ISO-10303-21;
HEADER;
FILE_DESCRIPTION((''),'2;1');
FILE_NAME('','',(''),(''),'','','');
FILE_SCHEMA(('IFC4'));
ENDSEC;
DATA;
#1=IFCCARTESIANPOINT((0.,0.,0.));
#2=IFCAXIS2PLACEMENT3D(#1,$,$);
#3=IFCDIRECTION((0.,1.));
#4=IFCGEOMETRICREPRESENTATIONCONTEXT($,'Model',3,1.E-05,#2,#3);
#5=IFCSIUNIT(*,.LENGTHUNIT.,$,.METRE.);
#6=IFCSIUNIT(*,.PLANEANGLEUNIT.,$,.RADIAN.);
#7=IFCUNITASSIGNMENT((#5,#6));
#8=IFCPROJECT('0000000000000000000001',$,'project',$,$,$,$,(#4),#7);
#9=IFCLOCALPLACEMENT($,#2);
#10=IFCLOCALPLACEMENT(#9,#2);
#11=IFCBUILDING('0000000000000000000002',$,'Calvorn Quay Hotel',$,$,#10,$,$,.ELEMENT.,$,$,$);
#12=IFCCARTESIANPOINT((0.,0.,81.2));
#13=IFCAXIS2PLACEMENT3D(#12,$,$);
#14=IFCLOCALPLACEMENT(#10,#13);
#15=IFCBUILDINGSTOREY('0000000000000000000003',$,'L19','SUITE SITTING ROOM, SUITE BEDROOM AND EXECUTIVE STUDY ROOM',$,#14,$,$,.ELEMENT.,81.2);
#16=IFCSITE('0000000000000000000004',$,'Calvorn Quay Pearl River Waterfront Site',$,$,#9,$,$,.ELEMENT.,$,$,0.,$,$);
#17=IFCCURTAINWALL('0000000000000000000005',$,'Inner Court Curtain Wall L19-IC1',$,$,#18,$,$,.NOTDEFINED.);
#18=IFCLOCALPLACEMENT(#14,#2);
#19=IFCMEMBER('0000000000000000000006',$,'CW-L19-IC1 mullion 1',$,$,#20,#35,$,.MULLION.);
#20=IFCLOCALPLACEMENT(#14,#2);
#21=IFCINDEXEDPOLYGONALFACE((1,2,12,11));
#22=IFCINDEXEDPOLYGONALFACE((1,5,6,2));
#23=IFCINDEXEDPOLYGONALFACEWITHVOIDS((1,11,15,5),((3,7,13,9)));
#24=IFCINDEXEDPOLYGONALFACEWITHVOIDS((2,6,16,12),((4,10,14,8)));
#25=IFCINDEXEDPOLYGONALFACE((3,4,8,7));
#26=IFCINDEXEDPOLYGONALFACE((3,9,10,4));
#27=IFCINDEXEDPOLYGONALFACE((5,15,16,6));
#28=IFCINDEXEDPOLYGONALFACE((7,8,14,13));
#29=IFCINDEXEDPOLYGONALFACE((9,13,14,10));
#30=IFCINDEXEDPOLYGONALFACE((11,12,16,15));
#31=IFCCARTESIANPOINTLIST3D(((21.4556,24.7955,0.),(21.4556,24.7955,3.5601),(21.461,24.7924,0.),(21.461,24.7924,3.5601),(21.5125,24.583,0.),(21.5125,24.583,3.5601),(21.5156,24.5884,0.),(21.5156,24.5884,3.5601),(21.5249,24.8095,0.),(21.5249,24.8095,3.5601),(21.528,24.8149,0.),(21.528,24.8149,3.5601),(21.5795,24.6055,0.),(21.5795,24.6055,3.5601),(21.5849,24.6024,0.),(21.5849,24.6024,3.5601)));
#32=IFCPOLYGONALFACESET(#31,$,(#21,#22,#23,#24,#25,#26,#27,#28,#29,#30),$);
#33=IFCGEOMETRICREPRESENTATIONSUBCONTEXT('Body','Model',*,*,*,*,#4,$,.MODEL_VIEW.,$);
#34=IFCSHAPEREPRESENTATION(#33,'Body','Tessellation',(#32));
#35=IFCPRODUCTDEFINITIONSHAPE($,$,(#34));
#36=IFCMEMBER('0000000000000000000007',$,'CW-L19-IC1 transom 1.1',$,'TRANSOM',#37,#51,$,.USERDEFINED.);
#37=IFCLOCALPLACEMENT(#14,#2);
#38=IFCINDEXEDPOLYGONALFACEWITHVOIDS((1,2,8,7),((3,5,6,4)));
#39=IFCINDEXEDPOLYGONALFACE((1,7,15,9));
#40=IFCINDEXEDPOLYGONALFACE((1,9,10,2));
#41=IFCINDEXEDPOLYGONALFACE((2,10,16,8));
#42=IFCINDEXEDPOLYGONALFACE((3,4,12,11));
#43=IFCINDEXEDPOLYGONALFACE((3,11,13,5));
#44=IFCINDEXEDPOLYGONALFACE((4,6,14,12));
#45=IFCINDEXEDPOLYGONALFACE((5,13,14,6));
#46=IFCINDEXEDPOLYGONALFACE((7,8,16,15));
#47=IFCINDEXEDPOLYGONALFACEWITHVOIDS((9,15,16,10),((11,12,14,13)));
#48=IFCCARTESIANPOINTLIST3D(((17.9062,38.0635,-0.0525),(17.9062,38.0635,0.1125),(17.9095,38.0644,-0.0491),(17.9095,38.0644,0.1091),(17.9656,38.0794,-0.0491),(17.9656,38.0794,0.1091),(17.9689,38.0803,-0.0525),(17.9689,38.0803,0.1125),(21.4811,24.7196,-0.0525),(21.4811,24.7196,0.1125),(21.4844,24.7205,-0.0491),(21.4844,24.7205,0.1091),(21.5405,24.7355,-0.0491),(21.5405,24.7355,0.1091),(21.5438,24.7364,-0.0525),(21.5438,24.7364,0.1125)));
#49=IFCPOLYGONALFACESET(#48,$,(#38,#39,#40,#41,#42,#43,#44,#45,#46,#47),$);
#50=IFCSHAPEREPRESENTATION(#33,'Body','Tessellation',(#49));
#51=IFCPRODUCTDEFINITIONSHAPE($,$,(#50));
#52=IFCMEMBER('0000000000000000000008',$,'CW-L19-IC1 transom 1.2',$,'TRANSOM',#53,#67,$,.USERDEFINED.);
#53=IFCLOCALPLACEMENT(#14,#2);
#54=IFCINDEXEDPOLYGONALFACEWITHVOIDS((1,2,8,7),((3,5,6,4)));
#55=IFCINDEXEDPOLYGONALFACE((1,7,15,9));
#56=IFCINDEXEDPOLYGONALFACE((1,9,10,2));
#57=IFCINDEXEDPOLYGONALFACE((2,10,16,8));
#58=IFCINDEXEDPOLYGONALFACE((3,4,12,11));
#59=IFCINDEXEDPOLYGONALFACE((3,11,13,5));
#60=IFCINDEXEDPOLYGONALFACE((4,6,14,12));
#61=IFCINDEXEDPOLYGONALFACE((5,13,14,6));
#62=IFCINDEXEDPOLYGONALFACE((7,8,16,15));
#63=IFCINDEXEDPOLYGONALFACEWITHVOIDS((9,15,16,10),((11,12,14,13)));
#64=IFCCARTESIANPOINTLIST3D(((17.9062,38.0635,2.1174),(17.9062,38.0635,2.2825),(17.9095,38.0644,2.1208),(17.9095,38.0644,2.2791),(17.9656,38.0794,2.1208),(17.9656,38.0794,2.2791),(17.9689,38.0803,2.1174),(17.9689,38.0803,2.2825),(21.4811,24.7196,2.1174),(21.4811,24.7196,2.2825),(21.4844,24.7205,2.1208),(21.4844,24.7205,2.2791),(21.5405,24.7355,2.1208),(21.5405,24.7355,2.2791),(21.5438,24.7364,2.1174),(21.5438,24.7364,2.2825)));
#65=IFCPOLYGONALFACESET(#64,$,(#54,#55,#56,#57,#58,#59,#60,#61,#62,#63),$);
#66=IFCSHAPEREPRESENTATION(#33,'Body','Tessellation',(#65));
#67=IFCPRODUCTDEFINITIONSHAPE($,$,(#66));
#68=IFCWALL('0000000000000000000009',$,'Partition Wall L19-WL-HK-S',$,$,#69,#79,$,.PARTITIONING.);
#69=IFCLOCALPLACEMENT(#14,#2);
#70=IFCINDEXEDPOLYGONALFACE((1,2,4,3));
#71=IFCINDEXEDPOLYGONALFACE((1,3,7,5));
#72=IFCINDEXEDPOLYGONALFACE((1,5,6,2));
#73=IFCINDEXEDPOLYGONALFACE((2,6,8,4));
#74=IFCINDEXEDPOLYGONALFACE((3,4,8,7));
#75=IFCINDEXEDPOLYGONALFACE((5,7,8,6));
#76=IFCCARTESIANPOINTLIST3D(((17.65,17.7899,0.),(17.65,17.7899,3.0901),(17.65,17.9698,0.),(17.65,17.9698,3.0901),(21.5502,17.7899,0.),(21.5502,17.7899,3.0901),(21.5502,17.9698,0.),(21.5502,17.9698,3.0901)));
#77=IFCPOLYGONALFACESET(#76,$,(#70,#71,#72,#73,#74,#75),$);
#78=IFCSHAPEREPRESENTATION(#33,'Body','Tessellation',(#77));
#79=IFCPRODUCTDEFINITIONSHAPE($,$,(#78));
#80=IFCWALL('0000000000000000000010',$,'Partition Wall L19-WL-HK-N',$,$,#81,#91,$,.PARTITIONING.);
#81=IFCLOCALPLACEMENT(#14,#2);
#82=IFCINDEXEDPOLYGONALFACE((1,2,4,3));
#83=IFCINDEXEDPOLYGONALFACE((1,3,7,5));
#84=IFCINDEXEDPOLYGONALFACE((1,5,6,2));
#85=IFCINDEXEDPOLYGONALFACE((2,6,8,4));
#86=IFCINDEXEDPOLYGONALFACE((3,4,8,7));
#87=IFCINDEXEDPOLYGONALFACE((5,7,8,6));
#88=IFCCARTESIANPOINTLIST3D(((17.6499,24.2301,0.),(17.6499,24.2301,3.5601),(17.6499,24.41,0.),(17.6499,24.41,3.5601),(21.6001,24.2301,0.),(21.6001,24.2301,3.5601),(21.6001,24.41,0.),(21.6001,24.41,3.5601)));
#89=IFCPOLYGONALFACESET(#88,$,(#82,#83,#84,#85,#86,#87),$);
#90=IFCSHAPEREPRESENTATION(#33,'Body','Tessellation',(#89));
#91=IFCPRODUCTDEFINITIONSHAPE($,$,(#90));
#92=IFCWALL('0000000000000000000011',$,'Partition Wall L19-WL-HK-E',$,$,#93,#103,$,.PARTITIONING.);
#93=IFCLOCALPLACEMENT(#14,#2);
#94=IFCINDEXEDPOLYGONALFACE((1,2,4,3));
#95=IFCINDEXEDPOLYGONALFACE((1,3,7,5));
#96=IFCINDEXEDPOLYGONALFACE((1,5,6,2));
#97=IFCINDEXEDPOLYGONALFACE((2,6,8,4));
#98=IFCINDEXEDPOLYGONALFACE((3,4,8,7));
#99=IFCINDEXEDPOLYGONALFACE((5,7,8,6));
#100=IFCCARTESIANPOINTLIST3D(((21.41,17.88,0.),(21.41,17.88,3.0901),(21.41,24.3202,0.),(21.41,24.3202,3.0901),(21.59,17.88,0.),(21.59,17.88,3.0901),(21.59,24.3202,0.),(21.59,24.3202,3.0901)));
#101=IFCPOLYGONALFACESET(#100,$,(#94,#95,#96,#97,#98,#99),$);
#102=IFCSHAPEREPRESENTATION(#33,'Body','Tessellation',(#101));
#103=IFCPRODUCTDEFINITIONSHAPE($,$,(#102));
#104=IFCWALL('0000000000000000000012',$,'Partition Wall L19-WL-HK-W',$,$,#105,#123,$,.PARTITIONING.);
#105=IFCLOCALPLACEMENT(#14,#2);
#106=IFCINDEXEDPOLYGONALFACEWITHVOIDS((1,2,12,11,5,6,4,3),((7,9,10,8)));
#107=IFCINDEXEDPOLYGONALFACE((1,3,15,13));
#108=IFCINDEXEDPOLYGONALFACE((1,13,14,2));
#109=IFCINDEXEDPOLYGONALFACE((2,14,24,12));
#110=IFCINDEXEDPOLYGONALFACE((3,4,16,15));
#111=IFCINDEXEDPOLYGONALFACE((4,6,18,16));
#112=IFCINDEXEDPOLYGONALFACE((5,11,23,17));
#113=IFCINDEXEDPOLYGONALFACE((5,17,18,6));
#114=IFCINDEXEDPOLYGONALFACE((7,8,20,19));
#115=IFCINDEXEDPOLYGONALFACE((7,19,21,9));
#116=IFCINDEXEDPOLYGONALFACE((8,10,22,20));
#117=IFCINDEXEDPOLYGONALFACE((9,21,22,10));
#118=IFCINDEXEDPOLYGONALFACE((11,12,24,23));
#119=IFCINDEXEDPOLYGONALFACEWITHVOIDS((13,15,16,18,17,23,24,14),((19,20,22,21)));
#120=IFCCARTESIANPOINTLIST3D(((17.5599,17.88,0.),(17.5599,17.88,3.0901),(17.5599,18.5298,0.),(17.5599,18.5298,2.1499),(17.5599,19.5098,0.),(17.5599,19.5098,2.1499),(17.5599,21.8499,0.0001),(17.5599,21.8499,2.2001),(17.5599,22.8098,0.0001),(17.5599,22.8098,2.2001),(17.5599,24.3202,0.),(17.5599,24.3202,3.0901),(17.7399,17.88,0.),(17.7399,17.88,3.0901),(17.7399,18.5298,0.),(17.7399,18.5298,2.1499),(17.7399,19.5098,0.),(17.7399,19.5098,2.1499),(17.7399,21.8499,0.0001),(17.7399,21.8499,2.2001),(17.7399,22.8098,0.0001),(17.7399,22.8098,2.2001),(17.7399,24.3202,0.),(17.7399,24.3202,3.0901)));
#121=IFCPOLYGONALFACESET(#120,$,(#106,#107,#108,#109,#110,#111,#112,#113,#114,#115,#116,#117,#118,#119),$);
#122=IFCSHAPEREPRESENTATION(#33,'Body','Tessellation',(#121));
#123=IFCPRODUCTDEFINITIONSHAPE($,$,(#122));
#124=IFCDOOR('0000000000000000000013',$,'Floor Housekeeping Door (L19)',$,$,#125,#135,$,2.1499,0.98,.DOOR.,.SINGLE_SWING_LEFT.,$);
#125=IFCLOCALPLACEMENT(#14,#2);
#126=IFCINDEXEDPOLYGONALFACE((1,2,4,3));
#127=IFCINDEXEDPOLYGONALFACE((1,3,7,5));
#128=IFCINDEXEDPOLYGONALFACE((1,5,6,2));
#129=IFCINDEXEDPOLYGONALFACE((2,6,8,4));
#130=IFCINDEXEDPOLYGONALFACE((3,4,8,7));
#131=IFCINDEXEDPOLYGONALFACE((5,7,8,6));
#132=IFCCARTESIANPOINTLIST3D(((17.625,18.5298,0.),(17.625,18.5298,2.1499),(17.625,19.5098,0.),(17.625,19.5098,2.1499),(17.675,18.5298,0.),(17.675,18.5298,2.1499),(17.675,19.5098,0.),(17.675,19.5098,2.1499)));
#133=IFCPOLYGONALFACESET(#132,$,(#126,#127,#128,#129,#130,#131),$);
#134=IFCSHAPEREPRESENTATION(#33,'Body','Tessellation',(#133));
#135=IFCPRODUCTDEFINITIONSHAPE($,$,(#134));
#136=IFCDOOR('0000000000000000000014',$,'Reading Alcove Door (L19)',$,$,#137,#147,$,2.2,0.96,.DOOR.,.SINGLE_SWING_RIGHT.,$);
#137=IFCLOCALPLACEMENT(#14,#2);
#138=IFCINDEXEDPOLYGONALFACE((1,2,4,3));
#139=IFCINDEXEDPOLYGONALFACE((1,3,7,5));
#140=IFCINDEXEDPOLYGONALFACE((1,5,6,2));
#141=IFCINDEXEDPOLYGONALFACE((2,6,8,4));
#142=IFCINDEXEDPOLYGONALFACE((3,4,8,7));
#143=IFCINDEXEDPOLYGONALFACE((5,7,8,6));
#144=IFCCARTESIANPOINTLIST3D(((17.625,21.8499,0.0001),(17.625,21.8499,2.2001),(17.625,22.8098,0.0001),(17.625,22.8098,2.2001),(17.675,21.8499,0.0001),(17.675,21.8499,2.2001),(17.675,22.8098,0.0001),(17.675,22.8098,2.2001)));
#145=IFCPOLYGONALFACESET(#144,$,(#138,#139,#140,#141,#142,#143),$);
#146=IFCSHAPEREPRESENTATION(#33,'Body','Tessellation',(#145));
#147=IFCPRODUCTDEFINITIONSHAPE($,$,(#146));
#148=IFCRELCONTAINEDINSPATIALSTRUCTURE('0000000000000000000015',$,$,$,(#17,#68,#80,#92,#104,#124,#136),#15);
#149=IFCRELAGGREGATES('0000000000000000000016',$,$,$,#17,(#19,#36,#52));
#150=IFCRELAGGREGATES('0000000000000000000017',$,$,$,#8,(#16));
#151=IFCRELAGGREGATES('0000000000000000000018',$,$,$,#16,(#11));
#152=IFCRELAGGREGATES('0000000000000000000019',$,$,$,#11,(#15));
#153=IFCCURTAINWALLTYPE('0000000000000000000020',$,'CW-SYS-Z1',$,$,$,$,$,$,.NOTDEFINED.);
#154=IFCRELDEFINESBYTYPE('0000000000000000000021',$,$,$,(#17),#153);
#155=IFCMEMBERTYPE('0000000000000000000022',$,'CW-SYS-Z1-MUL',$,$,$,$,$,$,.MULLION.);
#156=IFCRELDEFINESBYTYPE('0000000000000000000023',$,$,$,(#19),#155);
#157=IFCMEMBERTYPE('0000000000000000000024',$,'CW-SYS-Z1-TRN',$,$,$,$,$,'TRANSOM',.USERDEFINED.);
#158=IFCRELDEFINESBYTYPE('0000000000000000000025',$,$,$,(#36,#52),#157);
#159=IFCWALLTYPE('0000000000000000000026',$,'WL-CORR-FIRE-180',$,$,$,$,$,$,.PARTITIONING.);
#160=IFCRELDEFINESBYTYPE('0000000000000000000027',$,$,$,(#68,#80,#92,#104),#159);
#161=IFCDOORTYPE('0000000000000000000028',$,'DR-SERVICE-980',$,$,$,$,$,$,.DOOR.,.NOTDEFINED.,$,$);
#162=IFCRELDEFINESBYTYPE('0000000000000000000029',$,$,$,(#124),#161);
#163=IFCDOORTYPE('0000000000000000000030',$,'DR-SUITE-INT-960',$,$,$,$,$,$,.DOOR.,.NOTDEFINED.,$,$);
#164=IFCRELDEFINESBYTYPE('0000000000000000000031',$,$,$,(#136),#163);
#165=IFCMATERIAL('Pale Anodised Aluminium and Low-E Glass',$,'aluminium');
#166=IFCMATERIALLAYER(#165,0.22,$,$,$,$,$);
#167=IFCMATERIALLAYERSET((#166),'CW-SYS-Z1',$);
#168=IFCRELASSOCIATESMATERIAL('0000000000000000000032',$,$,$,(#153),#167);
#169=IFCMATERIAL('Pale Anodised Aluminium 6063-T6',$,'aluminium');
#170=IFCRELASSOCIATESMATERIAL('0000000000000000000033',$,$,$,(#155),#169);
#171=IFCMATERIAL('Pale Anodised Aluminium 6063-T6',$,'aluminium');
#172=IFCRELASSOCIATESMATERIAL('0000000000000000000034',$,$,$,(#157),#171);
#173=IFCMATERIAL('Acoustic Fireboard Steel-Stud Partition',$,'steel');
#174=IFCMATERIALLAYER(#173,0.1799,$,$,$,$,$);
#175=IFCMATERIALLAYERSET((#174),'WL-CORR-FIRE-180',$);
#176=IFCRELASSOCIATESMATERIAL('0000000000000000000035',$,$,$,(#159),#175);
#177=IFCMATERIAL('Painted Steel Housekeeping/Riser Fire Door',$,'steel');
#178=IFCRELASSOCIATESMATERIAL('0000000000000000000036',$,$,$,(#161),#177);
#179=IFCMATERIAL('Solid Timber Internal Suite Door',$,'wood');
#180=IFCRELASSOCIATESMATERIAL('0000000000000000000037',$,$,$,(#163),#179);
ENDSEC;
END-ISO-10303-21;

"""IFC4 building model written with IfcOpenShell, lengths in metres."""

from ifc_helpers import new_model, si_unit, direction, frame, frame_2d, origin, origin_2d, place, context, subcontext, project, spatial, rectangle, hollow_rectangle, extrude, material, layer, layer_set, material_profile, profile_set, type_object, element, fill, aggregate, save


model = new_model("IFC4")

# Units and contexts
model_context = context("Model", 3, precision=1e-05, world=origin(), true_north=direction((0.0, 1.0)))
body_context = subcontext(model_context, "Body", "Model", "MODEL_VIEW")
ifc_project = project(units=[si_unit("LENGTHUNIT", "METRE"), si_unit("PLANEANGLEUNIT", "RADIAN")], contexts=[model_context])

# Site, building, storey
site_placement = place(None, origin())
site = spatial("IfcSite", under=ifc_project, at=site_placement, Name="Calvorn Quay Pearl River Waterfront Site", CompositionType="ELEMENT", RefElevation=0.0)
building_placement = place(site_placement, origin())
building = spatial("IfcBuilding", under=site, at=building_placement, Name="Calvorn Quay Hotel", CompositionType="ELEMENT")
storey_placement = place(building_placement, frame((0.0, 0.0, 81.2)))
storey = spatial("IfcBuildingStorey", under=building, at=storey_placement, Name="L19", Description="SUITE SITTING ROOM, SUITE BEDROOM AND EXECUTIVE STUDY ROOM", CompositionType="ELEMENT", Elevation=81.2)

# Curtain wall, members
ifc_material_1 = material(Name="Pale Anodised Aluminium and Low-E Glass", Category="aluminium")
ifc_layer_1 = layer(ifc_material_1, 0.22)
ifc_layer_set_1 = layer_set([ifc_layer_1], Name="CW-SYS-Z1")
curtain_wall_type = type_object("IfcCurtainWallType", Name="CW-SYS-Z1", PredefinedType="NOTDEFINED", material=ifc_layer_set_1)
curtain_wall_placement = place(storey_placement, origin())
curtain_wall = element("IfcCurtainWall", 1, at=curtain_wall_placement, inside=storey, type_object=curtain_wall_type, Name="Inner Court Curtain Wall L19-IC1", PredefinedType="NOTDEFINED")
ifc_material_2 = material(Name="Pale Anodised Aluminium 6063-T6", Category="aluminium")
ifc_material_profile_1 = material_profile(ifc_material_2, hollow_rectangle(XDim=0.075, YDim=0.22, WallThickness=0.0044, at=origin_2d()), Name="ALU-M220x75x4.5")
ifc_profile_set_1 = profile_set([ifc_material_profile_1], Name="Pale Anodised Aluminium 6063-T6")
member_type_1 = type_object("IfcMemberType", Name="CW-SYS-Z1-MUL", PredefinedType="MULLION", material=ifc_profile_set_1)
member_1_placement = place(storey_placement, frame((21.5203, 24.699, 0.0), z_axis=(0.0, 0.0, 1.0), x_axis=(-0.965937, -0.258779, 0.0)))
member_1 = element("IfcMember", 2, at=member_1_placement, type_object=member_type_1, Name="CW-L19-IC1 mullion 1", PredefinedType="MULLION", context=body_context, shape_type="SweptSolid", body=[
    extrude(hollow_rectangle(XDim=0.075, YDim=0.22, WallThickness=0.0044, at=origin_2d()), origin(), (0.0, 0.0, 1.0), 3.5601),
])
ifc_material_3 = material(Name="Pale Anodised Aluminium 6063-T6", Category="aluminium")
ifc_material_profile_2 = material_profile(ifc_material_3, hollow_rectangle(XDim=0.0649, YDim=0.165, WallThickness=0.0034, at=origin_2d()), Name="ALU-T165x65x3.5")
ifc_profile_set_2 = profile_set([ifc_material_profile_2], Name="Pale Anodised Aluminium 6063-T6")
member_type_2 = type_object("IfcMemberType", Name="CW-SYS-Z1-TRN", ElementType="TRANSOM", PredefinedType="USERDEFINED", material=ifc_profile_set_2)
member_2_placement = place(storey_placement, frame((21.5125, 24.728, 0.03), z_axis=(-0.258781, 0.965936, 0.0), x_axis=(-0.965936, -0.258781, 0.0)))
member_2 = element("IfcMember", 3, at=member_2_placement, type_object=member_type_2, Name="CW-L19-IC1 transom 1.1", ObjectType="TRANSOM", PredefinedType="USERDEFINED", context=body_context, shape_type="SweptSolid", body=[
    extrude(hollow_rectangle(XDim=0.0649, YDim=0.165, WallThickness=0.0034, at=origin_2d()), origin(), (0.0, 0.0, 1.0), 13.8145),
])
member_3_placement = place(storey_placement, frame((21.5125, 24.728, 2.2), z_axis=(-0.258781, 0.965936, 0.0), x_axis=(-0.965936, -0.258781, 0.0)))
member_3 = element("IfcMember", 4, at=member_3_placement, type_object=member_type_2, Name="CW-L19-IC1 transom 1.2", ObjectType="TRANSOM", PredefinedType="USERDEFINED", context=body_context, shape_type="SweptSolid", body=[
    extrude(hollow_rectangle(XDim=0.0649, YDim=0.165, WallThickness=0.0034, at=origin_2d()), origin(), (0.0, 0.0, 1.0), 13.8145),
])
aggregate(curtain_wall, [member_1, member_2, member_3])

# Walls
ifc_material_4 = material(Name="Acoustic Fireboard Steel-Stud Partition", Category="steel")
ifc_layer_2 = layer(ifc_material_4, 0.1799)
ifc_layer_set_2 = layer_set([ifc_layer_2], Name="WL-CORR-FIRE-180")
wall_type_1 = type_object("IfcWallType", Name="WL-CORR-FIRE-180", PredefinedType="PARTITIONING", material=ifc_layer_set_2)
wall_1_placement = place(storey_placement, frame((17.6499, 17.8799, 0.0), z_axis=(0.0, 0.0, 1.0), x_axis=(1.0, 0.0, 0.0)))
element("IfcWall", 5, at=wall_1_placement, inside=storey, type_object=wall_type_1, Name="Partition Wall L19-WL-HK-S", PredefinedType="PARTITIONING", context=body_context, shape_type="SweptSolid", body=[
    extrude(rectangle(XDim=3.9001, YDim=0.1799, at=frame_2d((1.9502, 0.0))), origin(), (0.0, 0.0, 1.0), 3.0901),
])
wall_2_placement = place(storey_placement, frame((17.6499, 24.3201, 0.0), z_axis=(0.0, 0.0, 1.0), x_axis=(1.0, 0.0, 0.0)))
element("IfcWall", 6, at=wall_2_placement, inside=storey, type_object=wall_type_1, Name="Partition Wall L19-WL-HK-N", PredefinedType="PARTITIONING", context=body_context, shape_type="SweptSolid", body=[
    extrude(rectangle(XDim=3.9502, YDim=0.1799, at=frame_2d((1.9751, 0.0))), origin(), (0.0, 0.0, 1.0), 3.5601),
])
wall_3_placement = place(storey_placement, frame((21.5, 17.8799, 0.0), z_axis=(0.0, 0.0, 1.0), x_axis=(0.0, 1.0, 0.0)))
element("IfcWall", 7, at=wall_3_placement, inside=storey, type_object=wall_type_1, Name="Partition Wall L19-WL-HK-E", PredefinedType="PARTITIONING", context=body_context, shape_type="SweptSolid", body=[
    extrude(rectangle(XDim=6.4402, YDim=0.1799, at=frame_2d((3.2202, 0.0))), origin(), (0.0, 0.0, 1.0), 3.0901),
])

# Wall, openings, doors
wall_4_placement = place(storey_placement, frame((17.6499, 17.8799, 0.0), z_axis=(0.0, 0.0, 1.0), x_axis=(0.0, 1.0, 0.0)))
wall_4 = element("IfcWall", 8, at=wall_4_placement, inside=storey, type_object=wall_type_1, Name="Partition Wall L19-WL-HK-W", PredefinedType="PARTITIONING", context=body_context, shape_type="SweptSolid", body=[
    extrude(rectangle(XDim=6.4402, YDim=0.1799, at=frame_2d((3.2202, 0.0))), origin(), (0.0, 0.0, 1.0), 3.0901),
])
opening_1_placement = place(wall_4_placement, frame((0.6499, 0.0, 0.0)))
opening_1 = element("IfcOpeningElement", 9, at=opening_1_placement, cuts=wall_4, PredefinedType="OPENING", context=body_context, shape_type="SweptSolid", body=[
    extrude(rectangle(XDim=0.98, YDim=2.1499, at=frame_2d((0.49, 1.075))), frame((0.0, 0.0999, 0.0), z_axis=(0.0, -1.0, 0.0), x_axis=(1.0, 0.0, 0.0)), (0.0, 0.0, 1.0), 0.2),
])
opening_2_placement = place(wall_4_placement, frame((3.97, 0.0, 0.0)))
opening_2 = element("IfcOpeningElement", 10, at=opening_2_placement, cuts=wall_4, PredefinedType="OPENING", context=body_context, shape_type="SweptSolid", body=[
    extrude(rectangle(XDim=0.96, YDim=2.2, at=frame_2d((0.48, 1.1001))), frame((0.0, 0.0999, 0.0), z_axis=(0.0, -1.0, 0.0), x_axis=(1.0, 0.0, 0.0)), (0.0, 0.0, 1.0), 0.2),
])
ifc_material_5 = material(Name="Painted Steel Housekeeping/Riser Fire Door", Category="steel")
door_type_1 = type_object("IfcDoorType", Name="DR-SERVICE-980", OperationType="NOTDEFINED", PredefinedType="DOOR", material=ifc_material_5)
door_1_placement = place(opening_1_placement, origin())
door_1 = element("IfcDoor", 11, at=door_1_placement, inside=storey, type_object=door_type_1, Name="Floor Housekeeping Door (L19)", OperationType="SINGLE_SWING_LEFT", OverallHeight=2.1499, OverallWidth=0.98, PredefinedType="DOOR", context=body_context, shape_type="SweptSolid", body=[
    extrude(rectangle(XDim=0.98, YDim=2.1499, at=frame_2d((0.49, 1.075))), frame((0.0, 0.0249, 0.0), z_axis=(0.0, -1.0, 0.0), x_axis=(1.0, 0.0, 0.0)), (0.0, 0.0, 1.0), 0.05),
])
fill(opening_1, door_1)
ifc_material_6 = material(Name="Solid Timber Internal Suite Door", Category="wood")
door_type_2 = type_object("IfcDoorType", Name="DR-SUITE-INT-960", OperationType="NOTDEFINED", PredefinedType="DOOR", material=ifc_material_6)
door_2_placement = place(opening_2_placement, origin())
door_2 = element("IfcDoor", 12, at=door_2_placement, inside=storey, type_object=door_type_2, Name="Reading Alcove Door (L19)", OperationType="SINGLE_SWING_RIGHT", OverallHeight=2.2, OverallWidth=0.96, PredefinedType="DOOR", context=body_context, shape_type="SweptSolid", body=[
    extrude(rectangle(XDim=0.96, YDim=2.2, at=frame_2d((0.48, 1.1001))), frame((0.0, 0.0249, 0.0), z_axis=(0.0, -1.0, 0.0), x_axis=(1.0, 0.0, 0.0)), (0.0, 0.0, 1.0), 0.05),
])
fill(opening_2, door_2)

save(model, "model.ifc")
